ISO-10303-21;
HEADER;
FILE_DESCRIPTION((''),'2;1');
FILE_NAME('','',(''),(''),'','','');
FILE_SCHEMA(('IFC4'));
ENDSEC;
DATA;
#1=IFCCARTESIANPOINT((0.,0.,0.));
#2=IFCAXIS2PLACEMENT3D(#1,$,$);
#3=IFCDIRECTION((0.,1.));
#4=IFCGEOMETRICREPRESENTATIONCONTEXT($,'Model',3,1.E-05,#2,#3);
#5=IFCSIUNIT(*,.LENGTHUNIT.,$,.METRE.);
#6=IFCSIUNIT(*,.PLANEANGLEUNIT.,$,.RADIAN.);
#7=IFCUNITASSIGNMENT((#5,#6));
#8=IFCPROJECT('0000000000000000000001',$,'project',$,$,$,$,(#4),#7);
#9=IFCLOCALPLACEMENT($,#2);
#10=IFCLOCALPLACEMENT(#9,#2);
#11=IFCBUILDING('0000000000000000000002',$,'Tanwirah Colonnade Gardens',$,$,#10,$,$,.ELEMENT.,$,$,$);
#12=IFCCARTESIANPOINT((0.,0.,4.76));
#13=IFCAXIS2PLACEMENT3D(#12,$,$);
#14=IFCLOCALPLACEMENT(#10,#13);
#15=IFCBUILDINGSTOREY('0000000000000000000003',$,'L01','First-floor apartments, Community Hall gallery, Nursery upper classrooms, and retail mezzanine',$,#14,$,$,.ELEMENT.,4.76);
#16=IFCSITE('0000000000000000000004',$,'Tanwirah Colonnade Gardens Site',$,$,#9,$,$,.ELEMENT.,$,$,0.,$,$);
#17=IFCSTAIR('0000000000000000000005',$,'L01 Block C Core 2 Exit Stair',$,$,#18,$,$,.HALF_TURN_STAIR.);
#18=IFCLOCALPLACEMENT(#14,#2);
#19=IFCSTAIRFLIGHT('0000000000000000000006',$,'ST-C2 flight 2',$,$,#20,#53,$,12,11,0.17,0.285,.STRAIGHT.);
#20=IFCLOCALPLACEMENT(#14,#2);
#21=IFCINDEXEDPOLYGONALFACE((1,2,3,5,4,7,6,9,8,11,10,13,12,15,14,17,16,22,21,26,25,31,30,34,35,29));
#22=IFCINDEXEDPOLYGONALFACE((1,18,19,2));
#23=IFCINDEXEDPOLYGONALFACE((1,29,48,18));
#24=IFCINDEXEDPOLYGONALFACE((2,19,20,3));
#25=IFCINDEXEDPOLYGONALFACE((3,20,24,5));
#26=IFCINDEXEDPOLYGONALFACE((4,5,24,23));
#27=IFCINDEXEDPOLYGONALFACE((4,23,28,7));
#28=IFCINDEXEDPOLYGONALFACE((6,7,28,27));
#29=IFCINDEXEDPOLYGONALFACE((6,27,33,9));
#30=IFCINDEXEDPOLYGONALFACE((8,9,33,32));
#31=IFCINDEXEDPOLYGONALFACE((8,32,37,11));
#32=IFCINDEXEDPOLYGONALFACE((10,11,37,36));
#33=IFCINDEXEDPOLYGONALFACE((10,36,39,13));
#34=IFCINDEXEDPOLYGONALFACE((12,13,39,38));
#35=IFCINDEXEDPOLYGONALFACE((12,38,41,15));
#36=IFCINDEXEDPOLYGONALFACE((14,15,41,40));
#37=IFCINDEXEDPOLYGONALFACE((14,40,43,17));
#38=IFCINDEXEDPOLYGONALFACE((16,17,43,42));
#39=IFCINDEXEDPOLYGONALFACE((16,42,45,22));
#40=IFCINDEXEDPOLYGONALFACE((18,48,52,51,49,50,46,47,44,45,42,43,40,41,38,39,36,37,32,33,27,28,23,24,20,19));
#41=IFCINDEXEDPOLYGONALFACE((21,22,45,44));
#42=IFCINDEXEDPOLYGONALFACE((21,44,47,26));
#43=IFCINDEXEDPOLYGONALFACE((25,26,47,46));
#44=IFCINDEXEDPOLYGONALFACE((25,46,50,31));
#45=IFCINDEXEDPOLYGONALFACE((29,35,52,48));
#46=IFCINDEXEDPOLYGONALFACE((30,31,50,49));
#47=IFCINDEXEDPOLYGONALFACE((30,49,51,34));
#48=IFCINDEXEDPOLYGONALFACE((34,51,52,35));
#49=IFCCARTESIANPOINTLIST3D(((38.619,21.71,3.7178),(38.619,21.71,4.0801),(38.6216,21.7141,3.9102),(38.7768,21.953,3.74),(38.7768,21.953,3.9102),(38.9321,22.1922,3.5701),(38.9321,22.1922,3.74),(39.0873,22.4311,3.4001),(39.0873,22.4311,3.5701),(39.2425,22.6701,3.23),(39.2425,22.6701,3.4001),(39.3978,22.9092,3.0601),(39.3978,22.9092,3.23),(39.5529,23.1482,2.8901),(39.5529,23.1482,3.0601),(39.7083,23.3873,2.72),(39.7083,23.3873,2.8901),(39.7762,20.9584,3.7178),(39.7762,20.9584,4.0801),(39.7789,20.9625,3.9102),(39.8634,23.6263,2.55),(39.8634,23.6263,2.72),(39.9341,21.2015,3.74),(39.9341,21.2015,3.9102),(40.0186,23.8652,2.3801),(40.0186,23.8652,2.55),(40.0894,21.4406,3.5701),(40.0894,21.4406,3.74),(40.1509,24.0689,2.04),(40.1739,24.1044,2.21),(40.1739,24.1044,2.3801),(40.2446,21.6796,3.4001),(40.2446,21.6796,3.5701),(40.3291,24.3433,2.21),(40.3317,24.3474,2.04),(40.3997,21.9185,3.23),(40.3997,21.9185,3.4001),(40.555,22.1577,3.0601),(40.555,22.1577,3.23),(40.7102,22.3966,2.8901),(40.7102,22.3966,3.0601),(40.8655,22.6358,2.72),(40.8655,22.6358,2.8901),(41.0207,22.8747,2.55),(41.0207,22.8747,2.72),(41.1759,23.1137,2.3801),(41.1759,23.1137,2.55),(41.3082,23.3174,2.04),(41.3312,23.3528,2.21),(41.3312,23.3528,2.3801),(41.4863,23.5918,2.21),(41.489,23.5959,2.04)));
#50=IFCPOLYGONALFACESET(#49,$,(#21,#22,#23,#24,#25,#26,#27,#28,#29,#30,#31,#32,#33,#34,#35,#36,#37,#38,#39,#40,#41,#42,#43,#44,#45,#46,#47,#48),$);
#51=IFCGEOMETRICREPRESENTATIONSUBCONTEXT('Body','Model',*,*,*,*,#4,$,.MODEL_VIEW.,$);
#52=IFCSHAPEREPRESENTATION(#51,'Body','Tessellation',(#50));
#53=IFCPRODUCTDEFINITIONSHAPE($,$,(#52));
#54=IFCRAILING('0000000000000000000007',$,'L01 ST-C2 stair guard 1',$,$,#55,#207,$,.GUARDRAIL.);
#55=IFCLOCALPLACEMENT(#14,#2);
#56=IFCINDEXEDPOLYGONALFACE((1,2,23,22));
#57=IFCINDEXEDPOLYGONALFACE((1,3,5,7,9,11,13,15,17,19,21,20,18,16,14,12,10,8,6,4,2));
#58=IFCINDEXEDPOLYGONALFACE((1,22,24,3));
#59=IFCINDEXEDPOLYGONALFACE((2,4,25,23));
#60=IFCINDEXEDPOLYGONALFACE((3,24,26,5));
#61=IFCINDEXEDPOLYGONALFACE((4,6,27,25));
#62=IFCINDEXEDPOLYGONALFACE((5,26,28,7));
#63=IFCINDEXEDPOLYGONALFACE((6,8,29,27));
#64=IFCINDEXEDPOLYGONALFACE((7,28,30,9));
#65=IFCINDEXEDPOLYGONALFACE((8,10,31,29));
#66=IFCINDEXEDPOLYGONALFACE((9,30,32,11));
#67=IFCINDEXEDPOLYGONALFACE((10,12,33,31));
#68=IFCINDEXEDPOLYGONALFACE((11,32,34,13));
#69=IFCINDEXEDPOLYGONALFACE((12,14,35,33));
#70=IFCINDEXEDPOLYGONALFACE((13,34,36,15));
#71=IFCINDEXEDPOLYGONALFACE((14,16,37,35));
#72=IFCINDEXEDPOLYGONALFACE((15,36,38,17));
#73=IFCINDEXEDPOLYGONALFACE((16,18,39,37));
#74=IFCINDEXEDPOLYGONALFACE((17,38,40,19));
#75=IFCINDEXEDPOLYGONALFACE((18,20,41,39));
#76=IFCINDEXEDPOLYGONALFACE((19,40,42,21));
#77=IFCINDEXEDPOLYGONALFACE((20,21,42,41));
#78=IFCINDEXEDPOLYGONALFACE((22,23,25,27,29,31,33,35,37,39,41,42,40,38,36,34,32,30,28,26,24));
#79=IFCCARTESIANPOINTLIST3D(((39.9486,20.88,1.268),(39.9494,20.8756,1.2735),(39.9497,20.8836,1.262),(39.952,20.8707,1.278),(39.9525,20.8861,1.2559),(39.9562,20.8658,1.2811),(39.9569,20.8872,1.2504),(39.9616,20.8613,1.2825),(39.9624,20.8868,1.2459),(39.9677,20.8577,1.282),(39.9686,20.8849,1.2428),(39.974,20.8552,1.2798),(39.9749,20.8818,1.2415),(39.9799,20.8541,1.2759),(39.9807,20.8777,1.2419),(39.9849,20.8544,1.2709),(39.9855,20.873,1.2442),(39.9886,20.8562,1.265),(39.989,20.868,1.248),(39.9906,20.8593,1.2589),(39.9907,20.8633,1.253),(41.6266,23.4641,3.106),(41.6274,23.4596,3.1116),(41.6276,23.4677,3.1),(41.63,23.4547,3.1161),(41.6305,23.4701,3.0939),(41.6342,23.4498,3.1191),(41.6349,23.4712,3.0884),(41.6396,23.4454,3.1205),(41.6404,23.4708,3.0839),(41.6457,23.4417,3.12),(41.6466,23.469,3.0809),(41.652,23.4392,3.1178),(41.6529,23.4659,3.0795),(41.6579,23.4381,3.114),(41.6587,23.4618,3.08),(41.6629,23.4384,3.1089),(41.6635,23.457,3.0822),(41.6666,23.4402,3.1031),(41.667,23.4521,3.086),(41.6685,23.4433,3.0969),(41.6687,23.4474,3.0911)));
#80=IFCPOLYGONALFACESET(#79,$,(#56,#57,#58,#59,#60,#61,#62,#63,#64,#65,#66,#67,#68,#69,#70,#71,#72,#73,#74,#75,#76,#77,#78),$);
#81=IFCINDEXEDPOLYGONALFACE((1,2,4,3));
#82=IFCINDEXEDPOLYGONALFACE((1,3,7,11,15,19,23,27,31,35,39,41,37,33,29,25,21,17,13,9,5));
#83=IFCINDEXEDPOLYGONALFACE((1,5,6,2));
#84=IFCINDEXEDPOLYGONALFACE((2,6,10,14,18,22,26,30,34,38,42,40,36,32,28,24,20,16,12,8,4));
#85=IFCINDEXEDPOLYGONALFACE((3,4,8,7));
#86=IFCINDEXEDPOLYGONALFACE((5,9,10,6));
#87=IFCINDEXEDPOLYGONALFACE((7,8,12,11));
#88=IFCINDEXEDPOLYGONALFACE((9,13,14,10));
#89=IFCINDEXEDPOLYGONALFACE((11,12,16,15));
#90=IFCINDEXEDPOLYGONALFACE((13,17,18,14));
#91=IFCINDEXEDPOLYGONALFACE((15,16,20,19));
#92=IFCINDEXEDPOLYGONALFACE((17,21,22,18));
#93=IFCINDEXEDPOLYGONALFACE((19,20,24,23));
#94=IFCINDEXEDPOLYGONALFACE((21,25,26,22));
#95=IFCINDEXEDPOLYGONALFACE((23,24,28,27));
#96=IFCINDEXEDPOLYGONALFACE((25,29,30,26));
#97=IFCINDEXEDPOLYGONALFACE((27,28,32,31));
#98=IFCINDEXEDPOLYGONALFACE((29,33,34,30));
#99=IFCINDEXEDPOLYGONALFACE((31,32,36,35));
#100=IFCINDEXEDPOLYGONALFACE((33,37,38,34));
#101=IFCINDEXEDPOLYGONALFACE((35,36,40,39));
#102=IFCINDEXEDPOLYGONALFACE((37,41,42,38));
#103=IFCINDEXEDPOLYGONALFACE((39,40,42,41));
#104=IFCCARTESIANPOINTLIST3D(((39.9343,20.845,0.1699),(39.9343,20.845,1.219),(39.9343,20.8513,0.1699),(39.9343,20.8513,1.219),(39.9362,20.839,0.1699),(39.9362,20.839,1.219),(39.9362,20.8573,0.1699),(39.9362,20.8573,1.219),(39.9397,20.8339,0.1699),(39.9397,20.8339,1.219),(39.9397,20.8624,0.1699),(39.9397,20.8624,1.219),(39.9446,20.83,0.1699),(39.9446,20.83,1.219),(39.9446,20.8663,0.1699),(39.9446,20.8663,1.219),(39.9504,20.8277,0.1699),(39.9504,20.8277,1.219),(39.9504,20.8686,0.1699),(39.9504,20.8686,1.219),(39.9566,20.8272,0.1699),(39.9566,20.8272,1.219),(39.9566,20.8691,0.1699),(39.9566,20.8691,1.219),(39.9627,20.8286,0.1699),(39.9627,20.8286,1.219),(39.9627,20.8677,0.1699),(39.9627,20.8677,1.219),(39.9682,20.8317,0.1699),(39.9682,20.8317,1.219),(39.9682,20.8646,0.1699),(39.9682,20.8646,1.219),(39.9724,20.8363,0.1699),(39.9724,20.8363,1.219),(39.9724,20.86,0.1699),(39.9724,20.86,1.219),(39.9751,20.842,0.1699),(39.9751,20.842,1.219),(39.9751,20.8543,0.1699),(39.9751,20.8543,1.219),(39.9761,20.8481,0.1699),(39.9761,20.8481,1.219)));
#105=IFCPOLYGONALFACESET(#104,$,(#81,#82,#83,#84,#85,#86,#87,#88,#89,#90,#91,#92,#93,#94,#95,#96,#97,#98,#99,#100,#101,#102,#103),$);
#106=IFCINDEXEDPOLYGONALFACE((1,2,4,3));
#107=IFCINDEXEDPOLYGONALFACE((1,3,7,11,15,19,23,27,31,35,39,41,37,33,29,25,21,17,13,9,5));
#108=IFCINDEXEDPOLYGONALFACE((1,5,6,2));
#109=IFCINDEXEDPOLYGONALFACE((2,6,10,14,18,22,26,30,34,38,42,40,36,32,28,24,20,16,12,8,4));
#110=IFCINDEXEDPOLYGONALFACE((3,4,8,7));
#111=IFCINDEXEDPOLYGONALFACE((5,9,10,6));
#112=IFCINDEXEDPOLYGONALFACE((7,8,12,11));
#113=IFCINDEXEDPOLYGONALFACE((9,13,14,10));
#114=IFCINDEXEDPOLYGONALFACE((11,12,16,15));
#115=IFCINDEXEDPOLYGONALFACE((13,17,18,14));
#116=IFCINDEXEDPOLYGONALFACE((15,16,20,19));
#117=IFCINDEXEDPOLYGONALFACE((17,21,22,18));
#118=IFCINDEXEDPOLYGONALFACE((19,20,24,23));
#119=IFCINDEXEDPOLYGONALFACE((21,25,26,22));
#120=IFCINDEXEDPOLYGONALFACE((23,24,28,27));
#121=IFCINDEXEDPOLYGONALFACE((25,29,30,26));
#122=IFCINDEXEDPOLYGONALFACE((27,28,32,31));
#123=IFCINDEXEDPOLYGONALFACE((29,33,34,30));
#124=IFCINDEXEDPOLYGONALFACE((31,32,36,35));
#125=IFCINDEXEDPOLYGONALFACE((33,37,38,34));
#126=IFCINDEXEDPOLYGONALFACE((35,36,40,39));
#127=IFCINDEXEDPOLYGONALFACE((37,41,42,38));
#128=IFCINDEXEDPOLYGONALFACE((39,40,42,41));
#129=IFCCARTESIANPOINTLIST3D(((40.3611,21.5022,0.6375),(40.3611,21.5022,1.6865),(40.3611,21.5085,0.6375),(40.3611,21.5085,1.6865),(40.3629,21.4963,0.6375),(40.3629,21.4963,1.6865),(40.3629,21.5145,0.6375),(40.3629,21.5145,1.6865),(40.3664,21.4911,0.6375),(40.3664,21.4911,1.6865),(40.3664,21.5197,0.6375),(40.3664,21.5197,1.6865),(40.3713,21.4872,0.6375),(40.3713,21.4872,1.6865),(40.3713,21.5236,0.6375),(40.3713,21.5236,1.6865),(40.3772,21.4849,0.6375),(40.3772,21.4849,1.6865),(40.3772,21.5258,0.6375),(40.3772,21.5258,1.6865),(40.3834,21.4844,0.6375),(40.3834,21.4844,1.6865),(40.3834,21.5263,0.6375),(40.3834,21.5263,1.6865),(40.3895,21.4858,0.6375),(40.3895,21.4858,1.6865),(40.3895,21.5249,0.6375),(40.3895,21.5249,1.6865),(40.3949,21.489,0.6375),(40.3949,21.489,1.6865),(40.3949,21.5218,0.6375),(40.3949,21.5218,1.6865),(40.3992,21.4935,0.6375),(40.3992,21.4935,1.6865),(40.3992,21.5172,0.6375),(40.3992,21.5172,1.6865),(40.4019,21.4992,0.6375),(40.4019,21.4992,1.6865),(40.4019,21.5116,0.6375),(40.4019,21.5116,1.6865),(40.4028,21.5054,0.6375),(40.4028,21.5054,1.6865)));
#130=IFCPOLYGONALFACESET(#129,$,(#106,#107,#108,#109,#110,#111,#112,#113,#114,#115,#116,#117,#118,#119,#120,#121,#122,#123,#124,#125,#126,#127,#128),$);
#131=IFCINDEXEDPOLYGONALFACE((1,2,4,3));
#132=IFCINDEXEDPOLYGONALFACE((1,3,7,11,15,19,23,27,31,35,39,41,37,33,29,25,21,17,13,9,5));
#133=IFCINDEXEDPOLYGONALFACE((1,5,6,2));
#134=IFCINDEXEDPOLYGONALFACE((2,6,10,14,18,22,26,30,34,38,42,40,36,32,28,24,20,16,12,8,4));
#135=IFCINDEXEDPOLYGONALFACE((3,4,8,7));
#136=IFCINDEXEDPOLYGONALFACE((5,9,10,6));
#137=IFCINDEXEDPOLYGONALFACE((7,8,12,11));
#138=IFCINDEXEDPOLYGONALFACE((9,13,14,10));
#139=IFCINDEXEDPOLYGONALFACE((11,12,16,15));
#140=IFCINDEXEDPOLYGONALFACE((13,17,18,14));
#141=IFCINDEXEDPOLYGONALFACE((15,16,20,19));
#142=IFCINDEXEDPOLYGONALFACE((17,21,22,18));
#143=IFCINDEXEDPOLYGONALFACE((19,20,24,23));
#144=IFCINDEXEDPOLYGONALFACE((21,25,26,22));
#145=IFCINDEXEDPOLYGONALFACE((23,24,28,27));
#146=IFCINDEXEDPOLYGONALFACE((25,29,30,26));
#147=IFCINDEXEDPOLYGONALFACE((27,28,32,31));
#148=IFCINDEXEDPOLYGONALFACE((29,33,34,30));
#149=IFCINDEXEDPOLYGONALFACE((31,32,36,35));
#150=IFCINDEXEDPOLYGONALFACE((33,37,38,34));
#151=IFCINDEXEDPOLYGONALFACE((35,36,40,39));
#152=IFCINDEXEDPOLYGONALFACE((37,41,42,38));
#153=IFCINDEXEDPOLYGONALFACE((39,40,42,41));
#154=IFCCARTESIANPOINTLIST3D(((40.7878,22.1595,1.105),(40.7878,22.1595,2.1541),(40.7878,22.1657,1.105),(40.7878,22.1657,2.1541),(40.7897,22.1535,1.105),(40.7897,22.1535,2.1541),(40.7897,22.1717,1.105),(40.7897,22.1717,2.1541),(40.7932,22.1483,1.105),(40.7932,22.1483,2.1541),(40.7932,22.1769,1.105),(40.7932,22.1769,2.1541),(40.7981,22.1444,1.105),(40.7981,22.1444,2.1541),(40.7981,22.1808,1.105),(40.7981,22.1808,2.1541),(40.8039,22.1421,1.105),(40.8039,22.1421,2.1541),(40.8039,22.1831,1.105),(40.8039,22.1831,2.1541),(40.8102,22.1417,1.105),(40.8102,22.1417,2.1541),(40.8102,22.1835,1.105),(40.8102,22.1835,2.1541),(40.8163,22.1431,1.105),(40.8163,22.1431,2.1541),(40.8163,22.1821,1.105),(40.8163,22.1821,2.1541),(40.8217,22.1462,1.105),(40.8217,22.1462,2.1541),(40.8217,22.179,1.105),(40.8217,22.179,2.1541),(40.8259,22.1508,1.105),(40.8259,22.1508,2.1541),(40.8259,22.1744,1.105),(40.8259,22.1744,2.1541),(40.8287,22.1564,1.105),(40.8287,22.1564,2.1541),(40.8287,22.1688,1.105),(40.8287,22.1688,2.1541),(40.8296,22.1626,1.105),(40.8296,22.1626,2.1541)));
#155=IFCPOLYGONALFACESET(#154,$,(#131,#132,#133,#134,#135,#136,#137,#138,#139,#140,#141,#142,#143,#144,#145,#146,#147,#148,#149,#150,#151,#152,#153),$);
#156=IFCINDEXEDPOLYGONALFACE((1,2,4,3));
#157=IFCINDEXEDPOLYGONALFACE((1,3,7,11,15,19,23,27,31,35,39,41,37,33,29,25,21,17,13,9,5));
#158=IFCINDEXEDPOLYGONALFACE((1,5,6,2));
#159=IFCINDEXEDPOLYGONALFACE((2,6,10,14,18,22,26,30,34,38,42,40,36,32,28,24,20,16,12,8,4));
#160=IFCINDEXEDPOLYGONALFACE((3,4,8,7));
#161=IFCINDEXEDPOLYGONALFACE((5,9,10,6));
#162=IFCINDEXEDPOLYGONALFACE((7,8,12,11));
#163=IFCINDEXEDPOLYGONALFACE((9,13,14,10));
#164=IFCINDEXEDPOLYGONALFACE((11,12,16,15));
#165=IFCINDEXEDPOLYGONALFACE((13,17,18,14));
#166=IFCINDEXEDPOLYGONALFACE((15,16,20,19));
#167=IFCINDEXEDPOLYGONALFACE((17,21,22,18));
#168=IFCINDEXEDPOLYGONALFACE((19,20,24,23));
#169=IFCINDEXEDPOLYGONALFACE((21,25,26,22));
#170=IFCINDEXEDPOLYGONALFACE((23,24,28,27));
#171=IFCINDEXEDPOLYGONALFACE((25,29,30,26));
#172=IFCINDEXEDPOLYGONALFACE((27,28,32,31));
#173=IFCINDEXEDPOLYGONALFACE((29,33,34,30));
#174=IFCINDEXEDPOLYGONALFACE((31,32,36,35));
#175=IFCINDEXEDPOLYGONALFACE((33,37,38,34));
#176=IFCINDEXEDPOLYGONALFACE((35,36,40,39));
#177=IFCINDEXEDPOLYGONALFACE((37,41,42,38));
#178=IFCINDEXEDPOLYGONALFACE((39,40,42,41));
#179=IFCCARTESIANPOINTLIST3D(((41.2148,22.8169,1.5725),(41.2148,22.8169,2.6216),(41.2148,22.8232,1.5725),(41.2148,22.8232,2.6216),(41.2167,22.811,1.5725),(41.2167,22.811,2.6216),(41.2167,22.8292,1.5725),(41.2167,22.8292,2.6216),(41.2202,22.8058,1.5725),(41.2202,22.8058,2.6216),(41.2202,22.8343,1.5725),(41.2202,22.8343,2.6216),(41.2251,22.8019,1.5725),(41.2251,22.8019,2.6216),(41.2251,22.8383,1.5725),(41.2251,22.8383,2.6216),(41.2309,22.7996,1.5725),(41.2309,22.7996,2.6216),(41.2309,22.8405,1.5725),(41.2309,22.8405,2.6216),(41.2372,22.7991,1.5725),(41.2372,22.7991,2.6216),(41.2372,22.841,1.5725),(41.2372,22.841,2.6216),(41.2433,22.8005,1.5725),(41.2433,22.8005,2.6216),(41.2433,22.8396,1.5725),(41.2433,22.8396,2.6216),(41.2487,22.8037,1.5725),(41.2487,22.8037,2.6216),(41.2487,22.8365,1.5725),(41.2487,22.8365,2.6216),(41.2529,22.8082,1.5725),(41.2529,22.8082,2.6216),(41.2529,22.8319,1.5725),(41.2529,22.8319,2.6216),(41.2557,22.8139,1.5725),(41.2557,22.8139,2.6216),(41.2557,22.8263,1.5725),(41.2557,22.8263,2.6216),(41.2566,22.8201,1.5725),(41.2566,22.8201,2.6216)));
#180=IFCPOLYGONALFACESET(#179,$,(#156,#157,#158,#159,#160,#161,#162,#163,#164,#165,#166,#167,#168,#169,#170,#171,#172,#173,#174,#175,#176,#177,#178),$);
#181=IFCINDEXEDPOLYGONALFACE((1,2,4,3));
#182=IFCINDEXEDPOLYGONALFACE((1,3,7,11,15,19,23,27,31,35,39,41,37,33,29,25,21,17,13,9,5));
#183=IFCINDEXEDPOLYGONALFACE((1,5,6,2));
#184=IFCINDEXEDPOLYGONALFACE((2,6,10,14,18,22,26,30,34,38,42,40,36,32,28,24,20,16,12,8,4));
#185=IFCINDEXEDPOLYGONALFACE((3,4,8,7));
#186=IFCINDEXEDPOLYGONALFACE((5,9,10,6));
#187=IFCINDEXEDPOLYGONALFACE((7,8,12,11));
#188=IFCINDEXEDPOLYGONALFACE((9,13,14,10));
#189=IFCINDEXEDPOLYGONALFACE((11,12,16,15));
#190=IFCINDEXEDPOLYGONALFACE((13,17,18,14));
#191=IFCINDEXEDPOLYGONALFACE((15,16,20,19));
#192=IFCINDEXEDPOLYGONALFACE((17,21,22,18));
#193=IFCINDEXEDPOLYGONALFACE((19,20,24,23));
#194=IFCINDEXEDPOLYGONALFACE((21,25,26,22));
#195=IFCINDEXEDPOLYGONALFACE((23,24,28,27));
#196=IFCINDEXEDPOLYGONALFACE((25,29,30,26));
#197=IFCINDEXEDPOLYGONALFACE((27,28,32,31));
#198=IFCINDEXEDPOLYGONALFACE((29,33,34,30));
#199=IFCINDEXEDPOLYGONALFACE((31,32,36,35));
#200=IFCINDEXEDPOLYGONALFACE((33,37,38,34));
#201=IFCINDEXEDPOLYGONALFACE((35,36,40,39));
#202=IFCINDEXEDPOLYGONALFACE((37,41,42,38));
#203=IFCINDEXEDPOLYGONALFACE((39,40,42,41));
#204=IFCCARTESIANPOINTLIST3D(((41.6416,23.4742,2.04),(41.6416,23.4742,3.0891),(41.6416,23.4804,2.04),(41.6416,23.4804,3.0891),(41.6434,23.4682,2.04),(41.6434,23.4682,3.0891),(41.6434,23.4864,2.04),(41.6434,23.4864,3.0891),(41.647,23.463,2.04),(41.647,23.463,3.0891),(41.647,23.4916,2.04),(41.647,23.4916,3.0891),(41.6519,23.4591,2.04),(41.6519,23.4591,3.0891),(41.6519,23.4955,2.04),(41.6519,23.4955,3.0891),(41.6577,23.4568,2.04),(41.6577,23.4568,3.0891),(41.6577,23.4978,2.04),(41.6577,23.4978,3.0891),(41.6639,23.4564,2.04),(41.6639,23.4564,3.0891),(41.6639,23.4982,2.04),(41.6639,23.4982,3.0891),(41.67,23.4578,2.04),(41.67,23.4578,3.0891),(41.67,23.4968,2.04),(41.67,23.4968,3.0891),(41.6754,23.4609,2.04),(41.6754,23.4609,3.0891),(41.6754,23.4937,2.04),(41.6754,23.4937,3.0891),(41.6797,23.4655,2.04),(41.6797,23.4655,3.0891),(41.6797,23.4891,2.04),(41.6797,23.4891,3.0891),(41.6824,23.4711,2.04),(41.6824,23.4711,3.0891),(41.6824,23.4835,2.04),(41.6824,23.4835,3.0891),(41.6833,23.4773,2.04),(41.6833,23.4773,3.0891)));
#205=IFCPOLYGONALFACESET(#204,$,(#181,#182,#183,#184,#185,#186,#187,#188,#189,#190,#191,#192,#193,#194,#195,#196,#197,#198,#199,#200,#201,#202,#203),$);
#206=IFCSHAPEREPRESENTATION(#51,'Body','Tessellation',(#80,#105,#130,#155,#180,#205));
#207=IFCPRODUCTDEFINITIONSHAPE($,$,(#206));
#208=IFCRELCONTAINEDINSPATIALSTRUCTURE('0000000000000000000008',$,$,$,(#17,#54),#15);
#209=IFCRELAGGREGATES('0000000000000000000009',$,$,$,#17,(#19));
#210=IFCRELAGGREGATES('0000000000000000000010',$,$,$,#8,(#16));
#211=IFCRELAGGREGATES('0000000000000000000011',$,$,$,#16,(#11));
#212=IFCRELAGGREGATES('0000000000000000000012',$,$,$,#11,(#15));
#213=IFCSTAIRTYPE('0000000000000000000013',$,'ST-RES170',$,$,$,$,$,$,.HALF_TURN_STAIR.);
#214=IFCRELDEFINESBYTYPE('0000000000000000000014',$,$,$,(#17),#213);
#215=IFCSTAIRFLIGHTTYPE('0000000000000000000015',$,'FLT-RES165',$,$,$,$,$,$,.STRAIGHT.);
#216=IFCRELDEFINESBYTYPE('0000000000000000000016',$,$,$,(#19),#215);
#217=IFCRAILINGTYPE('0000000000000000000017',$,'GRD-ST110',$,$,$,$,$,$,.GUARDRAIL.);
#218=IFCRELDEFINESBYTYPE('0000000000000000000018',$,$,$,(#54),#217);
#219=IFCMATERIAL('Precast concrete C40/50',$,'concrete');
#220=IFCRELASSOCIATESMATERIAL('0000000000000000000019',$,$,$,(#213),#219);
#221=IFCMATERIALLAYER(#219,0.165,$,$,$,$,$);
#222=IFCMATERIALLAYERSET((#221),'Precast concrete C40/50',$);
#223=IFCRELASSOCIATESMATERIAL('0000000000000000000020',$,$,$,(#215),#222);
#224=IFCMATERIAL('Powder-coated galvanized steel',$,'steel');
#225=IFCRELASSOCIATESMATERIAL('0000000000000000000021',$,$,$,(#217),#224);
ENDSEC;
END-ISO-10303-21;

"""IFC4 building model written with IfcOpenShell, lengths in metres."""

from ifc_helpers import new_model, si_unit, direction, frame, origin, origin_2d, place, context, subcontext, project, spatial, polyline, circle, outline, extrude, material, layer, layer_set, type_object, element, aggregate, save


model = new_model("IFC4")

# Units and contexts
model_context = context("Model", 3, precision=1e-05, world=origin(), true_north=direction((0.0, 1.0)))
body_context = subcontext(model_context, "Body", "Model", "MODEL_VIEW")
ifc_project = project(units=[si_unit("LENGTHUNIT", "METRE"), si_unit("PLANEANGLEUNIT", "RADIAN")], contexts=[model_context])

# Site, building, storey
site_placement = place(None, origin())
site = spatial("IfcSite", under=ifc_project, at=site_placement, Name="Tanwirah Colonnade Gardens Site", CompositionType="ELEMENT", RefElevation=0.0)
building_placement = place(site_placement, origin())
building = spatial("IfcBuilding", under=site, at=building_placement, Name="Tanwirah Colonnade Gardens", CompositionType="ELEMENT")
storey_placement = place(building_placement, frame((0.0, 0.0, 4.76)))
storey = spatial("IfcBuildingStorey", under=building, at=storey_placement, Name="L01", Description="First-floor apartments, Community Hall gallery, Nursery upper classrooms, and retail mezzanine", CompositionType="ELEMENT", Elevation=4.76)

# Shared definitions
ifc_material_1 = material(Name="Precast concrete C40/50", Category="concrete")

# Stair, stair flight
stair_type = type_object("IfcStairType", Name="ST-RES170", PredefinedType="HALF_TURN_STAIR", material=ifc_material_1)
stair_placement = place(storey_placement, origin())
stair = element("IfcStair", 1, at=stair_placement, inside=storey, type_object=stair_type, Name="L01 Block C Core 2 Exit Stair", PredefinedType="HALF_TURN_STAIR")
ifc_layer_1 = layer(ifc_material_1, 0.165)
ifc_layer_set_1 = layer_set([ifc_layer_1], Name="Precast concrete C40/50")
stair_flight_type = type_object("IfcStairFlightType", Name="FLT-RES165", PredefinedType="STRAIGHT", material=ifc_layer_set_1)
stair_flight_1_placement = place(storey_placement, frame((40.9077, 23.9675, 2.04), z_axis=(0.0, 0.0, 1.0), x_axis=(-0.544639, -0.838671, 0.0)))
stair_flight_1 = element("IfcStairFlight", 2, at=stair_flight_1_placement, type_object=stair_flight_type, Name="ST-C2 flight 2", NumberOfRisers=12, NumberOfTreads=11, PredefinedType="STRAIGHT", RiserHeight=0.17, TreadLength=0.285, context=body_context, shape_type="SweptSolid", body=[
    extrude(outline(polyline([(-0.0049, 0.0), (0.0, 0.1699), (0.2849, 0.1699), (0.2849, 0.3401), (0.5701, 0.3401), (0.5701, 0.51), (0.855, 0.51), (0.855, 0.6799), (1.1399, 0.6799), (1.1399, 0.8501), (1.425, 0.8501), (1.425, 1.02), (1.71, 1.02), (1.71, 1.1899), (1.9951, 1.1899), (1.9951, 1.3601), (2.28, 1.3601), (2.28, 1.53), (2.5649, 1.53), (2.5649, 1.7), (2.8501, 1.7), (2.8501, 1.8701), (3.135, 1.8701), (3.1399, 2.04), (3.1399, 1.6777), (0.3271, 0.0), (-0.0049, 0.0)])), frame((0.0, 0.6899, 0.0), z_axis=(0.0, -1.0, 0.0), x_axis=(1.0, 0.0, 0.0)), (0.0, 0.0, 1.0), 1.3799),
])
aggregate(stair, [stair_flight_1])

# Railing
ifc_material_2 = material(Name="Powder-coated galvanized steel", Category="steel")
railing_type_1 = type_object("IfcRailingType", Name="GRD-ST110", PredefinedType="GUARDRAIL", material=ifc_material_2)
railing_1_placement = place(storey_placement, frame((39.9551, 20.8481, 0.1699)))
element("IfcRailing", 3, at=railing_1_placement, inside=storey, type_object=railing_type_1, Name="L01 ST-C2 stair guard 1", PredefinedType="GUARDRAIL", context=body_context, shape_type="SweptSolid", body=[
    extrude(circle(Radius=0.0239, at=origin_2d()), frame((0.0146, 0.0225, 1.092), z_axis=(0.467711, 0.72026, 0.512321), x_axis=(-0.838687, 0.544613, 0.0)), (0.0, 0.0, 1.0), 3.5876),
    extrude(circle(Radius=0.021, at=origin_2d()), origin(), (0.0, 0.0, 1.0), 1.0491),
    extrude(circle(Radius=0.021, at=origin_2d()), frame((0.4268, 0.6572, 0.4675)), (0.0, 0.0, 1.0), 1.0491),
    extrude(circle(Radius=0.021, at=origin_2d()), frame((0.8535, 1.3145, 0.9351)), (0.0, 0.0, 1.0), 1.0491),
    extrude(circle(Radius=0.021, at=origin_2d()), frame((1.2805, 1.9719, 1.4026)), (0.0, 0.0, 1.0), 1.0491),
    extrude(circle(Radius=0.021, at=origin_2d()), frame((1.7073, 2.6292, 1.8701)), (0.0, 0.0, 1.0), 1.0491),
])

save(model, "model.ifc")
